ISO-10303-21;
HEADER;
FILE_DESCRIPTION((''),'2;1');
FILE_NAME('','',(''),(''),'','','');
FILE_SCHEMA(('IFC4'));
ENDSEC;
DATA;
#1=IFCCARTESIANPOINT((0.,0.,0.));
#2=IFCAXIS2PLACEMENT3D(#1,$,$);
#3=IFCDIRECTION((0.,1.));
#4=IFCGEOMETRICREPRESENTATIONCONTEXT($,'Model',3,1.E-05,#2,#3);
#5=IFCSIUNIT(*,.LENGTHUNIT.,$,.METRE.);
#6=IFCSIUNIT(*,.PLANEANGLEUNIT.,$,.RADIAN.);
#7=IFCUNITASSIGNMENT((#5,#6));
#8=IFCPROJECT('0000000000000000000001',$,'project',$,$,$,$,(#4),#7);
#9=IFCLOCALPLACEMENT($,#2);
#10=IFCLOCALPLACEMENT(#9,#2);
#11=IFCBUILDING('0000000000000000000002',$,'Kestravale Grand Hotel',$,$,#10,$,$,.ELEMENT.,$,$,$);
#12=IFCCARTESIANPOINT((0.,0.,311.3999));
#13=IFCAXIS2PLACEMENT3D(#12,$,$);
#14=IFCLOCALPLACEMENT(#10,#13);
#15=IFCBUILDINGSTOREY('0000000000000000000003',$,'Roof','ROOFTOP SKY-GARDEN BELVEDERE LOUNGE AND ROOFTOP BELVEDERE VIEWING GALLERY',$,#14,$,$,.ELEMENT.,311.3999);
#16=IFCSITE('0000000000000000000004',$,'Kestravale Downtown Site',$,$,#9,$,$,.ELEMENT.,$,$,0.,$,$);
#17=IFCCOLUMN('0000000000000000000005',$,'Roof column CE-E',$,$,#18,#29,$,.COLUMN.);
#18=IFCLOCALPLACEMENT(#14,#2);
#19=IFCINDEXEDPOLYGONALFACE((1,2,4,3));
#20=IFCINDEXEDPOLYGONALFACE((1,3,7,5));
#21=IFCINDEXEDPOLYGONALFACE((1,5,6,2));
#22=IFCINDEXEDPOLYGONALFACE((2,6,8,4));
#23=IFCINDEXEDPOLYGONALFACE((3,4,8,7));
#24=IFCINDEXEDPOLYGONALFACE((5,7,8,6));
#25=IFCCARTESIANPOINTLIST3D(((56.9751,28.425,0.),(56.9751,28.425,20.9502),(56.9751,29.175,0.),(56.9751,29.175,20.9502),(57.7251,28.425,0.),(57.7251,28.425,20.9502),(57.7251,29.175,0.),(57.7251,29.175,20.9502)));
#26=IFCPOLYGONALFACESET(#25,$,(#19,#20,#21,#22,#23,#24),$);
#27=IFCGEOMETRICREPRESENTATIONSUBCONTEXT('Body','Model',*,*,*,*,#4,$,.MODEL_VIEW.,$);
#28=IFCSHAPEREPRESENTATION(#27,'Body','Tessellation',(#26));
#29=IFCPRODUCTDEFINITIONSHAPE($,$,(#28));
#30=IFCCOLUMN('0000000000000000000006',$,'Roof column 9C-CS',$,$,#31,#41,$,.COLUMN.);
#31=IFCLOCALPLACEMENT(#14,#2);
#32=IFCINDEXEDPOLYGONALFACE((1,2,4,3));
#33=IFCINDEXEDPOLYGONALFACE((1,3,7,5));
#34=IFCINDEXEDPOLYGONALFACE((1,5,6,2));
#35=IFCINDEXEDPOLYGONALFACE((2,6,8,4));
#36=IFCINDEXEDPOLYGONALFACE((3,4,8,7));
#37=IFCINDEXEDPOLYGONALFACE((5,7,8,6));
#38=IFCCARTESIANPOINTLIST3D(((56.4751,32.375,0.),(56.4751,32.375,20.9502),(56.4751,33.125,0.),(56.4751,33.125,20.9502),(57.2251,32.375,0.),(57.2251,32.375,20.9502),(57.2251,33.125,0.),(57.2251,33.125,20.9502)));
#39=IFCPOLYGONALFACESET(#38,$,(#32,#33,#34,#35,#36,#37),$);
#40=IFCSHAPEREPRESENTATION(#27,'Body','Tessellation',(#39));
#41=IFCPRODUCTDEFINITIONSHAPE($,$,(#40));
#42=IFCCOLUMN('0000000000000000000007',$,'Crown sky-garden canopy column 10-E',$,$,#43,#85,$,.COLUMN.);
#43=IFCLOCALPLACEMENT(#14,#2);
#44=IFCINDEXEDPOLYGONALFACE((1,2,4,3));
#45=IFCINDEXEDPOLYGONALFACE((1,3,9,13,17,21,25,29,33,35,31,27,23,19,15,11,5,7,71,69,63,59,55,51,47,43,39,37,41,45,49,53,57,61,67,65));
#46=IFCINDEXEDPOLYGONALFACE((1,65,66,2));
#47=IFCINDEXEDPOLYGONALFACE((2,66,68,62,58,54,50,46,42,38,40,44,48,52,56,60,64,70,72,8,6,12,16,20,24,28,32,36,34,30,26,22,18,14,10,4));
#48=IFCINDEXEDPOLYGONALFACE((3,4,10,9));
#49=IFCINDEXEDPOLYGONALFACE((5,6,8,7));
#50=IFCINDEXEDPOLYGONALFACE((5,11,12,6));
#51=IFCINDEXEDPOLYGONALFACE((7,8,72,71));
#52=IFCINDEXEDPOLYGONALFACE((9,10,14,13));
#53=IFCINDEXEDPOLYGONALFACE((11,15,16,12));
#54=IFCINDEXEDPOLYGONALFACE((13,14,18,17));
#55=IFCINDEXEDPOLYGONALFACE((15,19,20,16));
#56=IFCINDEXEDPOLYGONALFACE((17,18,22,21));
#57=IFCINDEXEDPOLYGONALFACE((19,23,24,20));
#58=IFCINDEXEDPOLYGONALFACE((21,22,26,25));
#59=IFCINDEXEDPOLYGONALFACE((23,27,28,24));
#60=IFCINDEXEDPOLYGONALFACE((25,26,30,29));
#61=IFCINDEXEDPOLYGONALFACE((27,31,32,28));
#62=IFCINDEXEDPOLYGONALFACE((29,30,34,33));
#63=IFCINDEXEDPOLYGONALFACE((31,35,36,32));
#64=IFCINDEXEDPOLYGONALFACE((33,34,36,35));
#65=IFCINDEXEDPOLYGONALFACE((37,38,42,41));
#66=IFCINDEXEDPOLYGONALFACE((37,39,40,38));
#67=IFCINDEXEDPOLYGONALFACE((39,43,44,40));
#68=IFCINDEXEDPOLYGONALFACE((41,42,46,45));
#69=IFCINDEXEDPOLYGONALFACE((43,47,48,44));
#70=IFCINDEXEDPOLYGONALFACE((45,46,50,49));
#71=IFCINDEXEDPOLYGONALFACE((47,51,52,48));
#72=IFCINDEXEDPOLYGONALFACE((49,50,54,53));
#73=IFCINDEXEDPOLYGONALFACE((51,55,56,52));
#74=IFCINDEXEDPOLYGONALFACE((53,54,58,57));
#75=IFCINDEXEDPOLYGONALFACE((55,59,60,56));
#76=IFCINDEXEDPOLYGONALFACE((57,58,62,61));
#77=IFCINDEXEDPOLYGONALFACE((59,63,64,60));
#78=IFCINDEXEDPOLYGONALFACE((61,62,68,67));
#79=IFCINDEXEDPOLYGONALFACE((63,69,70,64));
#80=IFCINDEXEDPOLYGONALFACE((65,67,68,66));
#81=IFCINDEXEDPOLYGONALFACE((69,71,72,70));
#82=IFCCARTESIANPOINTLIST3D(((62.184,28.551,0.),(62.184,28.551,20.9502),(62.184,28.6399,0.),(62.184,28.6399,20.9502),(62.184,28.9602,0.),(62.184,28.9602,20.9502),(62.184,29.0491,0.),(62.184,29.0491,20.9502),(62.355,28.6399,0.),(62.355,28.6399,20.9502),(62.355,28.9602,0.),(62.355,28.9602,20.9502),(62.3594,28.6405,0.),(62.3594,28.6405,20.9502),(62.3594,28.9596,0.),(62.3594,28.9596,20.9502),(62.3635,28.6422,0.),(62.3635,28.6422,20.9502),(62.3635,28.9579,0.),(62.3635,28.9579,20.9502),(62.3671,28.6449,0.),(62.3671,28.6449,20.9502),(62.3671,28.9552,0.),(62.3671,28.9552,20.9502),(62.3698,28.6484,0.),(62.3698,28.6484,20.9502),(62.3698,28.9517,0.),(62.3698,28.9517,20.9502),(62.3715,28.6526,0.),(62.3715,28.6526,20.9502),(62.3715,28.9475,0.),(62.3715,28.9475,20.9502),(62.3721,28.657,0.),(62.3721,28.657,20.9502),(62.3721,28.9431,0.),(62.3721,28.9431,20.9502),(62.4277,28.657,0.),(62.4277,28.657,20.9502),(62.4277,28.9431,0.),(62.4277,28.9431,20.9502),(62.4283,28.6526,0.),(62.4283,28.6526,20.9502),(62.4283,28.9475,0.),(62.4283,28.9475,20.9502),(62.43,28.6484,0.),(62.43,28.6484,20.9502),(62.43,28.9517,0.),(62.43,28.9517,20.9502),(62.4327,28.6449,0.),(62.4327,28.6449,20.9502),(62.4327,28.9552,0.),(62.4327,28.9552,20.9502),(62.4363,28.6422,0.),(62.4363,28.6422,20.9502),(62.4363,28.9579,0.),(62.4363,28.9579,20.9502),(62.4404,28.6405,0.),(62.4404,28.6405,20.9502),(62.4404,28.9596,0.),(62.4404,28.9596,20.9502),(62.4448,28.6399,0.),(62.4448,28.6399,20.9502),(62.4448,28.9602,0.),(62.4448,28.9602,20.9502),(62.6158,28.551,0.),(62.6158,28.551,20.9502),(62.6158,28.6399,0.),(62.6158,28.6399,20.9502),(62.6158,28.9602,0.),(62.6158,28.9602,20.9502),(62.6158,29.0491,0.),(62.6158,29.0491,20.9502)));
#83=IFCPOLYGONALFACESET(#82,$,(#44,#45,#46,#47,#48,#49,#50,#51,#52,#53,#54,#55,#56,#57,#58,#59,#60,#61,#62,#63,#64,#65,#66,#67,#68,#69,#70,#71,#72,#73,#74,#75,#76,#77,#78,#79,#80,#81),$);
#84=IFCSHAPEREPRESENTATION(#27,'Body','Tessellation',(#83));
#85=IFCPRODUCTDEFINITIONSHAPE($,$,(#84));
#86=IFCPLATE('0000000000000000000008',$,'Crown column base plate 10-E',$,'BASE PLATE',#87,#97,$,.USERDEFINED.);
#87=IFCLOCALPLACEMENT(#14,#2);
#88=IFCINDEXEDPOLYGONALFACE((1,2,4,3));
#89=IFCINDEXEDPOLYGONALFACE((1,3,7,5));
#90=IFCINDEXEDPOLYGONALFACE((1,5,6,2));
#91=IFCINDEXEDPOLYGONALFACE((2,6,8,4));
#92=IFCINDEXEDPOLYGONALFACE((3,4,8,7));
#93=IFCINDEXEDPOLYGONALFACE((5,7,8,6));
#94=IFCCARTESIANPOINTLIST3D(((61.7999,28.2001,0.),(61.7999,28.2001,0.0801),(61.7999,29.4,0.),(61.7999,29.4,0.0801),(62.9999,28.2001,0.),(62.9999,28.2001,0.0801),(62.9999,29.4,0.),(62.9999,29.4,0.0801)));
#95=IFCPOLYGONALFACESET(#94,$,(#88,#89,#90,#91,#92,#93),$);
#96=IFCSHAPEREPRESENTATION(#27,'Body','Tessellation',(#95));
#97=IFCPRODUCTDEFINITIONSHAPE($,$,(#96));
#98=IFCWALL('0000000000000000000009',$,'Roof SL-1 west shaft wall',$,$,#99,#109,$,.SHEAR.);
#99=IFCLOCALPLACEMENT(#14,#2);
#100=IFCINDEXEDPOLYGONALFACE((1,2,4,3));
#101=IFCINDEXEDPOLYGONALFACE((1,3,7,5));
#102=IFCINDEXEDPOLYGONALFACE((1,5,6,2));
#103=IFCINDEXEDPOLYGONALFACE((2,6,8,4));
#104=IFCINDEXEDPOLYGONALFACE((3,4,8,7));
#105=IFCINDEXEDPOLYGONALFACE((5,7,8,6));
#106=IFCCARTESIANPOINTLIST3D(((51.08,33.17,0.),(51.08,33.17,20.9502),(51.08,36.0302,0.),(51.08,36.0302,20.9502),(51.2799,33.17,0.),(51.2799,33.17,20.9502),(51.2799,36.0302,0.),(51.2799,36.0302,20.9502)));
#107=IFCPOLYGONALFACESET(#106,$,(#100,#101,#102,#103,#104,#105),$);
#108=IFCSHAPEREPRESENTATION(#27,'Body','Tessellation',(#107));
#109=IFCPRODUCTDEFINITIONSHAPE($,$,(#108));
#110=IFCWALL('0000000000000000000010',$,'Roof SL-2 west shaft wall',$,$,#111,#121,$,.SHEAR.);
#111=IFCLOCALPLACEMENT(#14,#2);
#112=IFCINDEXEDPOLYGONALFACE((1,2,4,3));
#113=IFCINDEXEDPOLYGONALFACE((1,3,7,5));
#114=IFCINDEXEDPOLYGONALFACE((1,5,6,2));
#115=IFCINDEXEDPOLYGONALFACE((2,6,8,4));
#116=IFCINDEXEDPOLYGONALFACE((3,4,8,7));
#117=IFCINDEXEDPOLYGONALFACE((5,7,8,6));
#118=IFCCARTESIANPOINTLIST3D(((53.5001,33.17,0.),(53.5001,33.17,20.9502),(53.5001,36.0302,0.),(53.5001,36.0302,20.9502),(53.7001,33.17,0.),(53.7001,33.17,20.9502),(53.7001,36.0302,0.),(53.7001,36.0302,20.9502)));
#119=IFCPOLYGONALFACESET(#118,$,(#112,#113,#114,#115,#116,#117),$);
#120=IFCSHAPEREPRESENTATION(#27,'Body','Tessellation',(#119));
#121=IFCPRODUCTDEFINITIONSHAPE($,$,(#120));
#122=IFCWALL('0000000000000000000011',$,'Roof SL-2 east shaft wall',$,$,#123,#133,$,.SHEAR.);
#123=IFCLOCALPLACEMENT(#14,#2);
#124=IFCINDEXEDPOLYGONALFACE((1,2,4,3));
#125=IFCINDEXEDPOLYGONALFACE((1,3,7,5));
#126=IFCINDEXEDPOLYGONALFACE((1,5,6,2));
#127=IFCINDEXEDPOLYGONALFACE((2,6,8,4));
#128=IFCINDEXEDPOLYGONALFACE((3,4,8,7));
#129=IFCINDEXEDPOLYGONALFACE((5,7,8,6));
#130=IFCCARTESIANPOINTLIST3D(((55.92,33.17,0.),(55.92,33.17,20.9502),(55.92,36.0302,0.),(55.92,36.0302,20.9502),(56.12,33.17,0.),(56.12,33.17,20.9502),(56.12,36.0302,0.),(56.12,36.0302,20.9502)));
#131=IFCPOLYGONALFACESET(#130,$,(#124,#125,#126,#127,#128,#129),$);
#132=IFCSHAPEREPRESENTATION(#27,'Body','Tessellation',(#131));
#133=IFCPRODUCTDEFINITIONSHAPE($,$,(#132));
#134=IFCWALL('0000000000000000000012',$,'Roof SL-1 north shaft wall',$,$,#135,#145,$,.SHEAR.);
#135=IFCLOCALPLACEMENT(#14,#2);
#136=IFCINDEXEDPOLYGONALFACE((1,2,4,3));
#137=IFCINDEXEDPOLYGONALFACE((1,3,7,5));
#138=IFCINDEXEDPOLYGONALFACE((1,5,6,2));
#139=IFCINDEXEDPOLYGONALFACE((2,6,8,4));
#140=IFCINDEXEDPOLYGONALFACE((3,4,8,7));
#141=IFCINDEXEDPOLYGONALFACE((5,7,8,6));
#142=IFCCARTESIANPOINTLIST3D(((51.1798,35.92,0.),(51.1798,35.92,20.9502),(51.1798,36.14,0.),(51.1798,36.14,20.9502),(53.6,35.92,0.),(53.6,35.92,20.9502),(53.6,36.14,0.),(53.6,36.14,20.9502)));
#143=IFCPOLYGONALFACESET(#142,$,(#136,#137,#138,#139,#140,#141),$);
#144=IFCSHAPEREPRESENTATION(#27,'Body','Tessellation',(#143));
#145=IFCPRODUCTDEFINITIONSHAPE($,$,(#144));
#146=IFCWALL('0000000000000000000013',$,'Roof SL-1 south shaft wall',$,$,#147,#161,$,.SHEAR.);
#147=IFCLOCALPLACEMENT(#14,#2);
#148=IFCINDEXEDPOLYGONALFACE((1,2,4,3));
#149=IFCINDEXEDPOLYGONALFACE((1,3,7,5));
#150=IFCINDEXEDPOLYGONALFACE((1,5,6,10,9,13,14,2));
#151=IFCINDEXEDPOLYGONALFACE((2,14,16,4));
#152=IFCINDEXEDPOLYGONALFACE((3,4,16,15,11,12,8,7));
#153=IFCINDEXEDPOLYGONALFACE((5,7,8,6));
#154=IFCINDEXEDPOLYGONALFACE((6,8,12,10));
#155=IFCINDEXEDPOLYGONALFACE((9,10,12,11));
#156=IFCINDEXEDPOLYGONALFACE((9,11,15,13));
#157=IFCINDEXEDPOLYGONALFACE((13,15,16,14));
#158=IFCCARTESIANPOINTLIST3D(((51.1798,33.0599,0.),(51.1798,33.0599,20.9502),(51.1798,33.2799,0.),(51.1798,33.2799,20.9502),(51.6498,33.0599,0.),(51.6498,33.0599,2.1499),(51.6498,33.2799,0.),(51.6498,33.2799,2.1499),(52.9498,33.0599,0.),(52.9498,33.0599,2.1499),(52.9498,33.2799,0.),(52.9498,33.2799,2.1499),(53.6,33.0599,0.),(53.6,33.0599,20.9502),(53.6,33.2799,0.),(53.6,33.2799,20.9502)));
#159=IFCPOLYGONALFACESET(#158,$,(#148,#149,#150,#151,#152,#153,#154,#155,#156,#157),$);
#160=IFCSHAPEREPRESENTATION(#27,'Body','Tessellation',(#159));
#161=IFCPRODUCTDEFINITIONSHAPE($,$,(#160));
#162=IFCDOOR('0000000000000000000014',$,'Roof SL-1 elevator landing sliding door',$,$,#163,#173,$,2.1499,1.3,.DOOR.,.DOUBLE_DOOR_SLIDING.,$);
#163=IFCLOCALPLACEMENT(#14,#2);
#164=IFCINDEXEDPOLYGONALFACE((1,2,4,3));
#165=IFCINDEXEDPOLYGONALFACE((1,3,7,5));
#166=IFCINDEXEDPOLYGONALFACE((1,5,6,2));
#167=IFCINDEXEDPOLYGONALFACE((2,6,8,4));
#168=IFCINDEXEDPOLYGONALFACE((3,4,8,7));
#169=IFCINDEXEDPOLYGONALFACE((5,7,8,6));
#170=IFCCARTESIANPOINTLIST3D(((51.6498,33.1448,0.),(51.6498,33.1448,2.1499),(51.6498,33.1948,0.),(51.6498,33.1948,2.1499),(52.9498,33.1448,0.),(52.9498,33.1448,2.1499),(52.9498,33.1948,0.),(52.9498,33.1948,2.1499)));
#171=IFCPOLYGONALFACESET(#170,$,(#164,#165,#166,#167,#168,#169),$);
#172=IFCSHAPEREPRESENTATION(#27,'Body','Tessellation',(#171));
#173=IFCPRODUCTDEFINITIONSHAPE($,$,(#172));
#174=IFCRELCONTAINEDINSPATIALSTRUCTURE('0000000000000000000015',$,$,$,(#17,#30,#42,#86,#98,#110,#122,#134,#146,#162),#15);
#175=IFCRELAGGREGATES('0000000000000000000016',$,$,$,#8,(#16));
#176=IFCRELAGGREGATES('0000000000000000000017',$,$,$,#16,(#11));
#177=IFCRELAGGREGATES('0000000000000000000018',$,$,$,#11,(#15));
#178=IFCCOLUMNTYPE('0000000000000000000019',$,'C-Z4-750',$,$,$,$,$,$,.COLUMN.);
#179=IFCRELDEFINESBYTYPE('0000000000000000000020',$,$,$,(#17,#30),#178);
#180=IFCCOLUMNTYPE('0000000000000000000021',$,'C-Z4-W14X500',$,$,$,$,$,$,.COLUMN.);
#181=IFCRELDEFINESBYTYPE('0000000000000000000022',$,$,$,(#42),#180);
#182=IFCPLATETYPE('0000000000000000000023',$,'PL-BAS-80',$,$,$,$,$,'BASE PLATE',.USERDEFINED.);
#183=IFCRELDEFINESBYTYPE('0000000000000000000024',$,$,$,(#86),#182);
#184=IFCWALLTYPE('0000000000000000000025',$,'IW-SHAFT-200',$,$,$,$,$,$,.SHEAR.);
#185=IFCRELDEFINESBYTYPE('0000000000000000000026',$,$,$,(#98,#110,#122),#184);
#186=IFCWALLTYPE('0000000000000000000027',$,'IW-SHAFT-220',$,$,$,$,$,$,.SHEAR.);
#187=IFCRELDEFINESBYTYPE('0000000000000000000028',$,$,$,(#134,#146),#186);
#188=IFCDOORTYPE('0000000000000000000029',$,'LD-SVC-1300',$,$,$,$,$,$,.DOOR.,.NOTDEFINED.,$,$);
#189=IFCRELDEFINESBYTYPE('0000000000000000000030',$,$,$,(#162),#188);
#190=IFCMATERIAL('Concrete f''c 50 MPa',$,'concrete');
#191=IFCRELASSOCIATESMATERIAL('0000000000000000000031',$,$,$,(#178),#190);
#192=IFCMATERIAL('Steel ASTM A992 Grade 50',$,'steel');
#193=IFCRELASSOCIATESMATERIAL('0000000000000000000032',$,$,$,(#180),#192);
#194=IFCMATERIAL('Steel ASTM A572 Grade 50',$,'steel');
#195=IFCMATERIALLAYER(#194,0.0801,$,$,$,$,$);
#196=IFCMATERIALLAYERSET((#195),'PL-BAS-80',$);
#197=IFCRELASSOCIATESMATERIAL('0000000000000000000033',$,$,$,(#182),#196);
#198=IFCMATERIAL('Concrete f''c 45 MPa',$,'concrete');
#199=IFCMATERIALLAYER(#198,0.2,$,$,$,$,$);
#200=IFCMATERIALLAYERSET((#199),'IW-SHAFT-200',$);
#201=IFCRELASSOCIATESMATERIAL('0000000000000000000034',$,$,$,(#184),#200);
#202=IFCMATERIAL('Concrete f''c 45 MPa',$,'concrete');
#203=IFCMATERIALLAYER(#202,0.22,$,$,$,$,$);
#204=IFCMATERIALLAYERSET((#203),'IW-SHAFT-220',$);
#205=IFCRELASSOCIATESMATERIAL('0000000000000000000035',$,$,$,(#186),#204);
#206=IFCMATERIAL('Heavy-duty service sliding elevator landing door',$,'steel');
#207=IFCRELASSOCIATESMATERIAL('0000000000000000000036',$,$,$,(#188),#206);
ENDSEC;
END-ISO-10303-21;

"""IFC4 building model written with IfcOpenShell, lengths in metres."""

from ifc_helpers import new_model, si_unit, direction, frame, frame_2d, origin, origin_2d, place, context, subcontext, project, spatial, rectangle, i_section, extrude, material, layer, layer_set, material_profile, profile_set, type_object, element, fill, save


model = new_model("IFC4")

# Units and contexts
model_context = context("Model", 3, precision=1e-05, world=origin(), true_north=direction((0.0, 1.0)))
body_context = subcontext(model_context, "Body", "Model", "MODEL_VIEW")
ifc_project = project(units=[si_unit("LENGTHUNIT", "METRE"), si_unit("PLANEANGLEUNIT", "RADIAN")], contexts=[model_context])

# Site, building, storey
site_placement = place(None, origin())
site = spatial("IfcSite", under=ifc_project, at=site_placement, Name="Kestravale Downtown Site", CompositionType="ELEMENT", RefElevation=0.0)
building_placement = place(site_placement, origin())
building = spatial("IfcBuilding", under=site, at=building_placement, Name="Kestravale Grand Hotel", CompositionType="ELEMENT")
storey_placement = place(building_placement, frame((0.0, 0.0, 311.3999)))
storey = spatial("IfcBuildingStorey", under=building, at=storey_placement, Name="Roof", Description="ROOFTOP SKY-GARDEN BELVEDERE LOUNGE AND ROOFTOP BELVEDERE VIEWING GALLERY", CompositionType="ELEMENT", Elevation=311.3999)

# Columns
ifc_material_1 = material(Name="Concrete f'c 50 MPa", Category="concrete")
ifc_material_profile_1 = material_profile(ifc_material_1, rectangle(XDim=0.75, YDim=0.75, at=origin_2d()))
ifc_profile_set_1 = profile_set([ifc_material_profile_1], Name="Concrete f'c 50 MPa")
column_type_1 = type_object("IfcColumnType", Name="C-Z4-750", PredefinedType="COLUMN", material=ifc_profile_set_1)
for number, where, z_axis, x_axis, name in (
    (1, (57.3501, 28.8, 0.0), (0.0, 0.0, 1.0), (1.0, 0.0, 0.0), "Roof column CE-E"),
    (2, (56.8501, 32.75, 0.0), (0.0, 0.0, 1.0), (1.0, 0.0, 0.0), "Roof column 9C-CS"),
):
    element("IfcColumn", number, at=place(storey_placement, frame(where, z_axis=z_axis, x_axis=x_axis)), inside=storey, type_object=column_type_1, Name=name, PredefinedType="COLUMN", context=body_context, shape_type="SweptSolid", body=[
        extrude(rectangle(XDim=0.75, YDim=0.75, at=origin_2d()), origin(), (0.0, 0.0, 1.0), 20.9502),
    ])
ifc_material_2 = material(Name="Steel ASTM A992 Grade 50", Category="steel")
ifc_material_profile_2 = material_profile(ifc_material_2, i_section(OverallWidth=0.4319, OverallDepth=0.498, WebThickness=0.0557, FlangeThickness=0.0889, FilletRadius=0.0171, at=origin_2d()))
ifc_profile_set_2 = profile_set([ifc_material_profile_2], Name="Steel ASTM A992 Grade 50")
column_type_2 = type_object("IfcColumnType", Name="C-Z4-W14X500", PredefinedType="COLUMN", material=ifc_profile_set_2)
column_placement = place(storey_placement, frame((62.3999, 28.8, 0.0), z_axis=(0.0, 0.0, 1.0), x_axis=(1.0, 0.0, 0.0)))
element("IfcColumn", 3, at=column_placement, inside=storey, type_object=column_type_2, Name="Crown sky-garden canopy column 10-E", PredefinedType="COLUMN", context=body_context, shape_type="SweptSolid", body=[
    extrude(i_section(OverallWidth=0.4319, OverallDepth=0.498, WebThickness=0.0557, FlangeThickness=0.0889, FilletRadius=0.0171, at=origin_2d()), origin(), (0.0, 0.0, 1.0), 20.9502),
])

# Plate
ifc_material_3 = material(Name="Steel ASTM A572 Grade 50", Category="steel")
ifc_layer_1 = layer(ifc_material_3, 0.0801)
ifc_layer_set_1 = layer_set([ifc_layer_1], Name="PL-BAS-80")
plate_type = type_object("IfcPlateType", Name="PL-BAS-80", ElementType="BASE PLATE", PredefinedType="USERDEFINED", material=ifc_layer_set_1)
plate_placement = place(storey_placement, frame((62.3999, 28.8, 0.0), z_axis=(0.0, 0.0, 1.0), x_axis=(1.0, 0.0, 0.0)))
element("IfcPlate", 4, at=plate_placement, inside=storey, type_object=plate_type, Name="Crown column base plate 10-E", ObjectType="BASE PLATE", PredefinedType="USERDEFINED", context=body_context, shape_type="SweptSolid", body=[
    extrude(rectangle(XDim=1.2, YDim=1.2, at=origin_2d()), origin(), (0.0, 0.0, 1.0), 0.0801),
])

# Walls
ifc_material_4 = material(Name="Concrete f'c 45 MPa", Category="concrete")
ifc_layer_2 = layer(ifc_material_4, 0.2)
ifc_layer_set_2 = layer_set([ifc_layer_2], Name="IW-SHAFT-200")
wall_type_1 = type_object("IfcWallType", Name="IW-SHAFT-200", PredefinedType="SHEAR", material=ifc_layer_set_2)
for number, where, z_axis, x_axis, name in (
    (5, (51.1799, 33.1699, 0.0), (0.0, 0.0, 1.0), (0.0, 1.0, 0.0), "Roof SL-1 west shaft wall"),
    (6, (53.6001, 33.1699, 0.0), (0.0, 0.0, 1.0), (0.0, 1.0, 0.0), "Roof SL-2 west shaft wall"),
    (7, (56.02, 33.1699, 0.0), (0.0, 0.0, 1.0), (0.0, 1.0, 0.0), "Roof SL-2 east shaft wall"),
):
    element("IfcWall", number, at=place(storey_placement, frame(where, z_axis=z_axis, x_axis=x_axis)), inside=storey, type_object=wall_type_1, Name=name, PredefinedType="SHEAR", context=body_context, shape_type="SweptSolid", body=[
        extrude(rectangle(XDim=2.8601, YDim=0.2, at=frame_2d((1.4302, 0.0))), origin(), (0.0, 0.0, 1.0), 20.9502),
    ])
ifc_material_5 = material(Name="Concrete f'c 45 MPa", Category="concrete")
ifc_layer_3 = layer(ifc_material_5, 0.22)
ifc_layer_set_3 = layer_set([ifc_layer_3], Name="IW-SHAFT-220")
wall_type_2 = type_object("IfcWallType", Name="IW-SHAFT-220", PredefinedType="SHEAR", material=ifc_layer_set_3)
wall_1_placement = place(storey_placement, frame((51.1799, 36.03, 0.0), z_axis=(0.0, 0.0, 1.0), x_axis=(1.0, 0.0, 0.0)))
element("IfcWall", 8, at=wall_1_placement, inside=storey, type_object=wall_type_2, Name="Roof SL-1 north shaft wall", PredefinedType="SHEAR", context=body_context, shape_type="SweptSolid", body=[
    extrude(rectangle(XDim=2.4202, YDim=0.22, at=frame_2d((1.21, 0.0))), origin(), (0.0, 0.0, 1.0), 20.9502),
])

# Wall, opening, door
wall_2_placement = place(storey_placement, frame((51.1799, 33.1699, 0.0), z_axis=(0.0, 0.0, 1.0), x_axis=(1.0, 0.0, 0.0)))
wall_2 = element("IfcWall", 9, at=wall_2_placement, inside=storey, type_object=wall_type_2, Name="Roof SL-1 south shaft wall", PredefinedType="SHEAR", context=body_context, shape_type="SweptSolid", body=[
    extrude(rectangle(XDim=2.4202, YDim=0.22, at=frame_2d((1.21, 0.0))), origin(), (0.0, 0.0, 1.0), 20.9502),
])
opening_1_placement = place(wall_2_placement, frame((0.47, 0.0, 0.0)))
opening_1 = element("IfcOpeningElement", 10, at=opening_1_placement, cuts=wall_2, PredefinedType="OPENING", context=body_context, shape_type="SweptSolid", body=[
    extrude(rectangle(XDim=1.3, YDim=2.1499, at=frame_2d((0.6499, 1.075))), frame((0.0, 0.1199, 0.0), z_axis=(0.0, -1.0, 0.0), x_axis=(1.0, 0.0, 0.0)), (0.0, 0.0, 1.0), 0.24),
])
ifc_material_6 = material(Name="Heavy-duty service sliding elevator landing door", Category="steel")
door_type = type_object("IfcDoorType", Name="LD-SVC-1300", OperationType="NOTDEFINED", PredefinedType="DOOR", material=ifc_material_6)
door_1_placement = place(opening_1_placement, origin())
door_1 = element("IfcDoor", 11, at=door_1_placement, inside=storey, type_object=door_type, Name="Roof SL-1 elevator landing sliding door", OperationType="DOUBLE_DOOR_SLIDING", OverallHeight=2.1499, OverallWidth=1.3, PredefinedType="DOOR", context=body_context, shape_type="SweptSolid", body=[
    extrude(rectangle(XDim=1.3, YDim=2.1499, at=frame_2d((0.6499, 1.075))), frame((0.0, 0.0249, 0.0), z_axis=(0.0, -1.0, 0.0), x_axis=(1.0, 0.0, 0.0)), (0.0, 0.0, 1.0), 0.05),
])
fill(opening_1, door_1)

save(model, "model.ifc")
